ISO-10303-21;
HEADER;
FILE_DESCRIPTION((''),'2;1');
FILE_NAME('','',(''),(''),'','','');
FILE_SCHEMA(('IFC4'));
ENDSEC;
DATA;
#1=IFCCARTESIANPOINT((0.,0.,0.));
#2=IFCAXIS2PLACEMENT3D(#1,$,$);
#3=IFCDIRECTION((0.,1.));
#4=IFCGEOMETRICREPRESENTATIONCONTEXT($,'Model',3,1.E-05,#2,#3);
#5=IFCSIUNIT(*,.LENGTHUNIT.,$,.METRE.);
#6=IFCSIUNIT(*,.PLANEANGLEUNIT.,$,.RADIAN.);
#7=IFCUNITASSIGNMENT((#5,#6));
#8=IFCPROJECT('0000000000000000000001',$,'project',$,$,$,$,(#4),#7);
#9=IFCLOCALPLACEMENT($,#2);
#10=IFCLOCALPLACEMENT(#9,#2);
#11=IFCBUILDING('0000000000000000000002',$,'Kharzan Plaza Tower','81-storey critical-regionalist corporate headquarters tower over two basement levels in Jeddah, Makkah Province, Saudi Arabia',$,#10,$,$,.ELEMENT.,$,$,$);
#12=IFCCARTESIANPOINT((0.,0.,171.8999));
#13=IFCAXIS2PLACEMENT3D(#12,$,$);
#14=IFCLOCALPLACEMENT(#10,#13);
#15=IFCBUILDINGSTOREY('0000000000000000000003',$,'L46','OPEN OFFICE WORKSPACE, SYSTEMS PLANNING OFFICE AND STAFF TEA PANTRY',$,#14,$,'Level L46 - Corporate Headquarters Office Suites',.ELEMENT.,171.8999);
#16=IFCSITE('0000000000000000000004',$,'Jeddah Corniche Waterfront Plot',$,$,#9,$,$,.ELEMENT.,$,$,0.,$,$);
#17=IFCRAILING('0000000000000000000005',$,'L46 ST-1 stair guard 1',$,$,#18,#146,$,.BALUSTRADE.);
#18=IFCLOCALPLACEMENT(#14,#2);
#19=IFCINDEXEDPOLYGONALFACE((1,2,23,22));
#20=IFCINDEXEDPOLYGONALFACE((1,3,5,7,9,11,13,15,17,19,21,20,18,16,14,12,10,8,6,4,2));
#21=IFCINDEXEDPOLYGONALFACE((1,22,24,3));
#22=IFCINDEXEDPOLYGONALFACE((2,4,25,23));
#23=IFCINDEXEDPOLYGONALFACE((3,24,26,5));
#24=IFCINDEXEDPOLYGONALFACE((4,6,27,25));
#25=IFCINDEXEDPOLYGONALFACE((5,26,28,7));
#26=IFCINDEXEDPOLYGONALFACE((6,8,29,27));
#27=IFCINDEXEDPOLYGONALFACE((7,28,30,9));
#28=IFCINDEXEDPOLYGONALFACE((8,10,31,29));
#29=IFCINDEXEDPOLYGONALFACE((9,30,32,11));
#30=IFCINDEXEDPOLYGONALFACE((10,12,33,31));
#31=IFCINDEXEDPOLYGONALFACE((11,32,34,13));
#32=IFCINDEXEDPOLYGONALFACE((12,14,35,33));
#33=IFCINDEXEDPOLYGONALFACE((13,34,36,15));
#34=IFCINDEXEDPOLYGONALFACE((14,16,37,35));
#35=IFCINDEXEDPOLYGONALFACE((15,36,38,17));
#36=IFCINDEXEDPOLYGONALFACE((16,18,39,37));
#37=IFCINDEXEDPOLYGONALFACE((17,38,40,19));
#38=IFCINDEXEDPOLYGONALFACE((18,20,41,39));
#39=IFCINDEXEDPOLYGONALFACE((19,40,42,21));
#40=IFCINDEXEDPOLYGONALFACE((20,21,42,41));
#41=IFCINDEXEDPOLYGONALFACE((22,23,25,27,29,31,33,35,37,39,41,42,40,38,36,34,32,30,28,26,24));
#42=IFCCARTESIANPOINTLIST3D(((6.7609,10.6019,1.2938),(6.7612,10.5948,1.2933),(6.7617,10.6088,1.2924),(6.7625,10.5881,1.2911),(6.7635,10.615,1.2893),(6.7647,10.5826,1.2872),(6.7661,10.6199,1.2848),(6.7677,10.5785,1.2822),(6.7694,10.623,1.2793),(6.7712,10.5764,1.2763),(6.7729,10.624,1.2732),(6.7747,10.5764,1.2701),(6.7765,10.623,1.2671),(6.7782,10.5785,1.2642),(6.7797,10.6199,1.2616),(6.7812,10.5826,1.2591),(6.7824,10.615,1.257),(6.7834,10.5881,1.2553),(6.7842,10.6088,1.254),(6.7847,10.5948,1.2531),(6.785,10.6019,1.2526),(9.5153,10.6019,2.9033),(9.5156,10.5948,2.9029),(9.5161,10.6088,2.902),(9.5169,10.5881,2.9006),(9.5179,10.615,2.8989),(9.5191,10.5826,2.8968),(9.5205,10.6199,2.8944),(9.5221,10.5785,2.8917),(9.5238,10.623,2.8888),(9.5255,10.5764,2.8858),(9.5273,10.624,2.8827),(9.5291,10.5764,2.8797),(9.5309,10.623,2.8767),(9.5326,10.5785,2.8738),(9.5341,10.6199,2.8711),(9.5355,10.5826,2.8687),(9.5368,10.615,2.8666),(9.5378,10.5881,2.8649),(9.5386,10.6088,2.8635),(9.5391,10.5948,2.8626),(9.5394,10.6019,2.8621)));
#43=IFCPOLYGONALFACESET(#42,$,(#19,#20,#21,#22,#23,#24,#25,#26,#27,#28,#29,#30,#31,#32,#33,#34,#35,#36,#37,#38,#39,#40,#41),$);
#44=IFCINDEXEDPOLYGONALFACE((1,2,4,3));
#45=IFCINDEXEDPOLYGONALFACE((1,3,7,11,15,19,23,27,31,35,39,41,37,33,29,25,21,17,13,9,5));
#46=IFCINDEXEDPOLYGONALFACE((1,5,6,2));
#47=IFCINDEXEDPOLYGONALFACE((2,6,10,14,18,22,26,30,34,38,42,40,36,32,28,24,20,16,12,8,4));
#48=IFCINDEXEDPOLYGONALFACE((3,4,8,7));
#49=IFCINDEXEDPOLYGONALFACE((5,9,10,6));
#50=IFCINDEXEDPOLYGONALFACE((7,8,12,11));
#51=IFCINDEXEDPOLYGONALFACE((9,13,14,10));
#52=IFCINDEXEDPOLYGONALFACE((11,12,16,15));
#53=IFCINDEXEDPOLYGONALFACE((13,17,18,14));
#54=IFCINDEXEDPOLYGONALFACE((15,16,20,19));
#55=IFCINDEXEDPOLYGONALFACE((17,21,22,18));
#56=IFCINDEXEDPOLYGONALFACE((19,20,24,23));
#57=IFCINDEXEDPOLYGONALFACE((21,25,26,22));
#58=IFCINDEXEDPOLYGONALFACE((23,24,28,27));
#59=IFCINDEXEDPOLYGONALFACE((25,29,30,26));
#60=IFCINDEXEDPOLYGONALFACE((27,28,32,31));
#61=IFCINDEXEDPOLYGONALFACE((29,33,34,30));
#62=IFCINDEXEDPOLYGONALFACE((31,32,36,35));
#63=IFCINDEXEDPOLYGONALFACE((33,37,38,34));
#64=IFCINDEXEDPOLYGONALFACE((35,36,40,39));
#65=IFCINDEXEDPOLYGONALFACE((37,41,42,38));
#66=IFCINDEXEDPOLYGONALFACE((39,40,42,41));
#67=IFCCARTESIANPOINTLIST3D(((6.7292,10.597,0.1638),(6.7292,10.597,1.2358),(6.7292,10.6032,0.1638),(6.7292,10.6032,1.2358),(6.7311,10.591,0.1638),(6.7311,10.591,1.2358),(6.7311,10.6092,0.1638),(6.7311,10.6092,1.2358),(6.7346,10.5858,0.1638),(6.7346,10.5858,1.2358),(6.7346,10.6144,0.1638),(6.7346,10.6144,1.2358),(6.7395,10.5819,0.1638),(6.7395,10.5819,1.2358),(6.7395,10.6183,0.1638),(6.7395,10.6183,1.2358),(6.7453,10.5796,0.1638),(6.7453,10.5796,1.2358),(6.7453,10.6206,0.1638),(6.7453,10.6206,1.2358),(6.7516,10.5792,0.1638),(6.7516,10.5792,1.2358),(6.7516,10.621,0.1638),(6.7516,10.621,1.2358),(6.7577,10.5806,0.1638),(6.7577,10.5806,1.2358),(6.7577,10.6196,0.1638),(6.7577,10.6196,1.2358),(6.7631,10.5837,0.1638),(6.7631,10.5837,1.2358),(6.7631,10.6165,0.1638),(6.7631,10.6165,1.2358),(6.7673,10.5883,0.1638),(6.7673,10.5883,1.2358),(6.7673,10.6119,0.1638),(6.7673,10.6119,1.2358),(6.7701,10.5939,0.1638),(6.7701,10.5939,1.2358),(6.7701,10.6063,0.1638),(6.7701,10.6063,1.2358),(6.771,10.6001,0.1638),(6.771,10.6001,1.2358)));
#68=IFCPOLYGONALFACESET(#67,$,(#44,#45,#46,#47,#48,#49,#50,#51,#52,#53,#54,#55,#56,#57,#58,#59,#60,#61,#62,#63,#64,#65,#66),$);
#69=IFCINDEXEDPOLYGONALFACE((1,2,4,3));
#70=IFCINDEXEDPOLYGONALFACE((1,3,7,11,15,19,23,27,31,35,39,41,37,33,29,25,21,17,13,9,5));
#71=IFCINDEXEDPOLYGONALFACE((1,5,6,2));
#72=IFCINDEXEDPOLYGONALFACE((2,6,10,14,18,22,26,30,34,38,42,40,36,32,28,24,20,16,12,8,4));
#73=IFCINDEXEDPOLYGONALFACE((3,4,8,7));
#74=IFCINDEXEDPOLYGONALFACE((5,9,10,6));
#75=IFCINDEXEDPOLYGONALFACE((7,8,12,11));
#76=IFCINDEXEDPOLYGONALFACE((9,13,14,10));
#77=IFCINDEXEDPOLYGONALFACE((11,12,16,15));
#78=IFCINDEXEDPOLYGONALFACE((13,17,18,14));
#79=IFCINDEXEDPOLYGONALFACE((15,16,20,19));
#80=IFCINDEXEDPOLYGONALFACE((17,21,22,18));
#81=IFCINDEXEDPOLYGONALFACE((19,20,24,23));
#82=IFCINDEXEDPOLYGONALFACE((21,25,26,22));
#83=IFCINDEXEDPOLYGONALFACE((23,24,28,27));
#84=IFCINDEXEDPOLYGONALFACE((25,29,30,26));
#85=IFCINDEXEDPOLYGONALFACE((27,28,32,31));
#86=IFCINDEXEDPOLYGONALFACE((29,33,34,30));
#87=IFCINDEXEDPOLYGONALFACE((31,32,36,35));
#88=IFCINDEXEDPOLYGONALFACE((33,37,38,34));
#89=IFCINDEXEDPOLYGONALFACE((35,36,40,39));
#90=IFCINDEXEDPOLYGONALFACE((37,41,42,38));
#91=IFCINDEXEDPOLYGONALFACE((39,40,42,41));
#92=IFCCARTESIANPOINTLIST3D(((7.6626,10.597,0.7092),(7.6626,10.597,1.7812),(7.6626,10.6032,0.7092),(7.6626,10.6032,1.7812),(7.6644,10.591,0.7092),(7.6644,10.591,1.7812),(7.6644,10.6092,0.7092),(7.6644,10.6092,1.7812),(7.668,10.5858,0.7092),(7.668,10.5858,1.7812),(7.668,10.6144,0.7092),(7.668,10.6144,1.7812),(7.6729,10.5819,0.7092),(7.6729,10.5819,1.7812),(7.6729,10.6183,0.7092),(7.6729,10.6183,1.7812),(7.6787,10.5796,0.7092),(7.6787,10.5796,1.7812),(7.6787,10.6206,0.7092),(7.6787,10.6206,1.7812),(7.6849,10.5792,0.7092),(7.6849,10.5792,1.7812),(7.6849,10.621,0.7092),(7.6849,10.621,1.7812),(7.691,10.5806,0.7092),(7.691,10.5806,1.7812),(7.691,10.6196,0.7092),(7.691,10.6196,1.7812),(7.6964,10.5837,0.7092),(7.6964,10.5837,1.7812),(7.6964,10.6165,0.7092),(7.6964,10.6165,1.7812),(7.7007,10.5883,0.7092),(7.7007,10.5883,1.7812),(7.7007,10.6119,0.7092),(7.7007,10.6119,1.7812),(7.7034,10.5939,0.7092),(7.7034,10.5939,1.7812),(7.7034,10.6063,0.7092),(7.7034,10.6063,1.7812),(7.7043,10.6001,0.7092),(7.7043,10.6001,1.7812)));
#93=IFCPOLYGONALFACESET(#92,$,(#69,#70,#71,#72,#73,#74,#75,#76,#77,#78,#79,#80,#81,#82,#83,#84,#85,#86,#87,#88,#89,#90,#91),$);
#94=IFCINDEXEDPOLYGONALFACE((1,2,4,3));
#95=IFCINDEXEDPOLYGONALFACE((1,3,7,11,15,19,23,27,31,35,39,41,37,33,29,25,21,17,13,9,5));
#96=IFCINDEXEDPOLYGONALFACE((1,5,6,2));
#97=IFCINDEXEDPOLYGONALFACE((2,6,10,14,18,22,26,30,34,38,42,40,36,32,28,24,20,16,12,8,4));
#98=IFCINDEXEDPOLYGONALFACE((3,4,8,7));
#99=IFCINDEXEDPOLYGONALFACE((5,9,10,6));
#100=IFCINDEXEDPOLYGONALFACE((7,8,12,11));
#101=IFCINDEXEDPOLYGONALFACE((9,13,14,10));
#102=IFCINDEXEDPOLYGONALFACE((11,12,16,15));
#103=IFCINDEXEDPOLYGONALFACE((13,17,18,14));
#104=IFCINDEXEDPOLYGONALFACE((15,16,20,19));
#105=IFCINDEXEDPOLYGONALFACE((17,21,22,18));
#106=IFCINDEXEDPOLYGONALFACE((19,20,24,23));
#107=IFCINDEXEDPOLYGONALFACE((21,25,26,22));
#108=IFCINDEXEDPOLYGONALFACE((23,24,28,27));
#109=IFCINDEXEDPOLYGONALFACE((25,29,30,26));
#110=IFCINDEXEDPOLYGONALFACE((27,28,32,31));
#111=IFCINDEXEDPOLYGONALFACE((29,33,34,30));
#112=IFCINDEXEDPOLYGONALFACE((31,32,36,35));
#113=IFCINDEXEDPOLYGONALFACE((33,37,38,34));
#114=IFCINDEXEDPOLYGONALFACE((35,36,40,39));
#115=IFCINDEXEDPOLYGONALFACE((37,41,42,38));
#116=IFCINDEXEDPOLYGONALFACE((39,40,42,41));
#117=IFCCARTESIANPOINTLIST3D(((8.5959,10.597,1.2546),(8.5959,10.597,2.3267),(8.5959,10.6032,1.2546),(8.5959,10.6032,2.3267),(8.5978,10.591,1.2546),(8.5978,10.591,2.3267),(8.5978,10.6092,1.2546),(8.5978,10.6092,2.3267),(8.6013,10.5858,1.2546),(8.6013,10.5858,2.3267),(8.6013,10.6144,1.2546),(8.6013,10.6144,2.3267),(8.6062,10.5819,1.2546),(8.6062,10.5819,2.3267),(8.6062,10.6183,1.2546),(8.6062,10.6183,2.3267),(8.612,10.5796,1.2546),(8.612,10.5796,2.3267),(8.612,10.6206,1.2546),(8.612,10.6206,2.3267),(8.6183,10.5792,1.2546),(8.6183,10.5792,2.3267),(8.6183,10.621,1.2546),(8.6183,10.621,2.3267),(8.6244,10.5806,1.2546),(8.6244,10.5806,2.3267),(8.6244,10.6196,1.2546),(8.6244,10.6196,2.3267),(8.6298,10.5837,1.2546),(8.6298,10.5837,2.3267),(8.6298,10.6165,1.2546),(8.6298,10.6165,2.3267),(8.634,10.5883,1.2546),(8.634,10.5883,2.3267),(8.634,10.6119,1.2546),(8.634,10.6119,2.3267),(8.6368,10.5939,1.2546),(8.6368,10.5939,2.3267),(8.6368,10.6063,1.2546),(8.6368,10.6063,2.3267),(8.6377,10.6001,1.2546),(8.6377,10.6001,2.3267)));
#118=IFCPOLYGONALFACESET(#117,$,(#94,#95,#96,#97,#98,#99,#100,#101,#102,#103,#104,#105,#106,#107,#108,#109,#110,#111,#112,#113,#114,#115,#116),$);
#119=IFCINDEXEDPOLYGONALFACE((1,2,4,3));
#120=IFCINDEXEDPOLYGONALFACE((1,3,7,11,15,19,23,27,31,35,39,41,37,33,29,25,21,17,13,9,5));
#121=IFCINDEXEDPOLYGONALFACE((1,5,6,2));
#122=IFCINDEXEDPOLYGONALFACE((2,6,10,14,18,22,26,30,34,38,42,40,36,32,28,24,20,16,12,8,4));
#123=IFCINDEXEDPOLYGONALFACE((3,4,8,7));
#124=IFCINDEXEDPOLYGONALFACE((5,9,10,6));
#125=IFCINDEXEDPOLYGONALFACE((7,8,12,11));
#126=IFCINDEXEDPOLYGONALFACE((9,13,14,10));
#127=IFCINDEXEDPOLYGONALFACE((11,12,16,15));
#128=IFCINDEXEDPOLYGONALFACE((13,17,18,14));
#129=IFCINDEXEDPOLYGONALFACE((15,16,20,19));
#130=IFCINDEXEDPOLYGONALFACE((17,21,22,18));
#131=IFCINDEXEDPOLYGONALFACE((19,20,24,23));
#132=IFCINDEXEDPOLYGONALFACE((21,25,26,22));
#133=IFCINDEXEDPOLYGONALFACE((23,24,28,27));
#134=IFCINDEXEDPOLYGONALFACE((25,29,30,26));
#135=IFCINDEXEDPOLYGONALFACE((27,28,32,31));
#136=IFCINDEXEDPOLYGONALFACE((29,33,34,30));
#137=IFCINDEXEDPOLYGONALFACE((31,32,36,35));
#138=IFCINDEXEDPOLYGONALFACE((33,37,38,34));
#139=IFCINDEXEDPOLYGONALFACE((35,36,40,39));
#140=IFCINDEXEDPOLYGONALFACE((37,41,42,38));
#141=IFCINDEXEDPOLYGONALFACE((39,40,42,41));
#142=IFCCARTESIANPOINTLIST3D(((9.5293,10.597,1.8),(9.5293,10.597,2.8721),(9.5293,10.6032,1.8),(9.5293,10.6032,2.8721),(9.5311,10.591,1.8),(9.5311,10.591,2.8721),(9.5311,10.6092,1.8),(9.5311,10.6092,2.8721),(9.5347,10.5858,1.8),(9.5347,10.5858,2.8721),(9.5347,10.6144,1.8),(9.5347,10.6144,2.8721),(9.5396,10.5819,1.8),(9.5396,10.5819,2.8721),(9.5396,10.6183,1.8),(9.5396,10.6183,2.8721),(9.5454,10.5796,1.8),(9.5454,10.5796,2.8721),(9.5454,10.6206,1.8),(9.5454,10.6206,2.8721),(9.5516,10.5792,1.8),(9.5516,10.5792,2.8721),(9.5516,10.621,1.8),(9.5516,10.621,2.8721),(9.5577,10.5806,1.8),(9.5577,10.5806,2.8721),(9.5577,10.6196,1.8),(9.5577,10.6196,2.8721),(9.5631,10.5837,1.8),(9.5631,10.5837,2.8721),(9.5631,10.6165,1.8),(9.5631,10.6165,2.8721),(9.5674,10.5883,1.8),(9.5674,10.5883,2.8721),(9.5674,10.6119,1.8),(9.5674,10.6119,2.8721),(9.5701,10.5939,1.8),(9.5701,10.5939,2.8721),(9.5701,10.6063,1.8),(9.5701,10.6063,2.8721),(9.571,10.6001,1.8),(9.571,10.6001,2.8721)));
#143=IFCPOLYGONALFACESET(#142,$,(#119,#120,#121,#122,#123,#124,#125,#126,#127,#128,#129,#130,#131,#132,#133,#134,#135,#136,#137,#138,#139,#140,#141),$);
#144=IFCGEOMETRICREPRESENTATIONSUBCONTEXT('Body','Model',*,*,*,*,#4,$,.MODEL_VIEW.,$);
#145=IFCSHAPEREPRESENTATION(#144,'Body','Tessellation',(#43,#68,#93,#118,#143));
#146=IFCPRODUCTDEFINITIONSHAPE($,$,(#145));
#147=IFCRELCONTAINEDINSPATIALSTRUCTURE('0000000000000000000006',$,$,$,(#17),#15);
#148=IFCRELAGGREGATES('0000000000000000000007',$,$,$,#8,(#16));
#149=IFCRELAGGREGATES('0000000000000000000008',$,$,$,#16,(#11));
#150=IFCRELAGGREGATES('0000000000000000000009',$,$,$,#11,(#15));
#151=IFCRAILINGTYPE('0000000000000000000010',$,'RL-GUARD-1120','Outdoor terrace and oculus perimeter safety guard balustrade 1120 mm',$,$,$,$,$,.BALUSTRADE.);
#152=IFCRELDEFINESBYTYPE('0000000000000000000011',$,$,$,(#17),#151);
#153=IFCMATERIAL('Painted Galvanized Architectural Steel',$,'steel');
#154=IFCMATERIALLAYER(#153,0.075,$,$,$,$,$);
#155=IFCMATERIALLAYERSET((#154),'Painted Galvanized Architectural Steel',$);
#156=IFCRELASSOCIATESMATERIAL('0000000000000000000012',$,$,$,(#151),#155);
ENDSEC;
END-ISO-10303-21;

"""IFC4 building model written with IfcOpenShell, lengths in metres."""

from ifc_helpers import new_model, si_unit, direction, frame, origin, origin_2d, place, context, subcontext, project, spatial, circle, extrude, source, transform, mapped, material, layer, layer_set, type_object, element, save


model = new_model("IFC4")

# Units and contexts
model_context = context("Model", 3, precision=1e-05, world=origin(), true_north=direction((0.0, 1.0)))
body_context = subcontext(model_context, "Body", "Model", "MODEL_VIEW")
ifc_project = project(units=[si_unit("LENGTHUNIT", "METRE"), si_unit("PLANEANGLEUNIT", "RADIAN")], contexts=[model_context])

# Site, building, storey
site_placement = place(None, origin())
site = spatial("IfcSite", under=ifc_project, at=site_placement, Name="Jeddah Corniche Waterfront Plot", CompositionType="ELEMENT", RefElevation=0.0)
building_placement = place(site_placement, origin())
building = spatial("IfcBuilding", under=site, at=building_placement, Name="Kharzan Plaza Tower", Description="81-storey critical-regionalist corporate headquarters tower over two basement levels in Jeddah, Makkah Province, Saudi Arabia", CompositionType="ELEMENT")
storey_placement = place(building_placement, frame((0.0, 0.0, 171.8999)))
storey = spatial("IfcBuildingStorey", under=building, at=storey_placement, Name="L46", Description="OPEN OFFICE WORKSPACE, SYSTEMS PLANNING OFFICE AND STAFF TEA PANTRY", LongName="Level L46 - Corporate Headquarters Office Suites", CompositionType="ELEMENT", Elevation=171.8999)

# Railing
ifc_material_1 = material(Name="Painted Galvanized Architectural Steel", Category="steel")
ifc_layer_1 = layer(ifc_material_1, 0.075)
ifc_layer_set_1 = layer_set([ifc_layer_1], Name="Painted Galvanized Architectural Steel")
railing_type_1 = type_object("IfcRailingType", Name="RL-GUARD-1120", Description="Outdoor terrace and oculus perimeter safety guard balustrade 1120 mm", PredefinedType="BALUSTRADE", material=ifc_layer_set_1)
shared_shape_1 = source(origin(), body_context, "Body", "SweptSolid", [
    extrude(circle(Radius=0.0239, at=origin_2d()), frame((0.0229, 0.0, 1.1094), z_axis=(0.863394, 0.0, 0.504531), x_axis=(0.0, 1.0, 0.0)), (0.0, 0.0, 1.0), 3.1902),
    extrude(circle(Radius=0.021, at=origin_2d()), origin(), (0.0, 0.0, 1.0), 1.072),
    extrude(circle(Radius=0.021, at=origin_2d()), frame((0.9333, 0.0, 0.5454)), (0.0, 0.0, 1.0), 1.072),
    extrude(circle(Radius=0.021, at=origin_2d()), frame((1.8667, 0.0, 1.0908)), (0.0, 0.0, 1.0), 1.072),
    extrude(circle(Radius=0.021, at=origin_2d()), frame((2.8, 0.0, 1.6362)), (0.0, 0.0, 1.0), 1.072),
])
railing_1_placement = place(storey_placement, frame((6.75, 10.6001, 0.1638)))
element("IfcRailing", 1, at=railing_1_placement, inside=storey, type_object=railing_type_1, Name="L46 ST-1 stair guard 1", PredefinedType="BALUSTRADE", context=body_context, shape_type="MappedRepresentation", body=[
    mapped(shared_shape_1, transform((0.0, 0.0, 0.0), x_axis=(1.0, 0.0, 0.0), y_axis=(0.0, 1.0, 0.0), z_axis=(0.0, 0.0, 1.0))),
])

save(model, "model.ifc")
